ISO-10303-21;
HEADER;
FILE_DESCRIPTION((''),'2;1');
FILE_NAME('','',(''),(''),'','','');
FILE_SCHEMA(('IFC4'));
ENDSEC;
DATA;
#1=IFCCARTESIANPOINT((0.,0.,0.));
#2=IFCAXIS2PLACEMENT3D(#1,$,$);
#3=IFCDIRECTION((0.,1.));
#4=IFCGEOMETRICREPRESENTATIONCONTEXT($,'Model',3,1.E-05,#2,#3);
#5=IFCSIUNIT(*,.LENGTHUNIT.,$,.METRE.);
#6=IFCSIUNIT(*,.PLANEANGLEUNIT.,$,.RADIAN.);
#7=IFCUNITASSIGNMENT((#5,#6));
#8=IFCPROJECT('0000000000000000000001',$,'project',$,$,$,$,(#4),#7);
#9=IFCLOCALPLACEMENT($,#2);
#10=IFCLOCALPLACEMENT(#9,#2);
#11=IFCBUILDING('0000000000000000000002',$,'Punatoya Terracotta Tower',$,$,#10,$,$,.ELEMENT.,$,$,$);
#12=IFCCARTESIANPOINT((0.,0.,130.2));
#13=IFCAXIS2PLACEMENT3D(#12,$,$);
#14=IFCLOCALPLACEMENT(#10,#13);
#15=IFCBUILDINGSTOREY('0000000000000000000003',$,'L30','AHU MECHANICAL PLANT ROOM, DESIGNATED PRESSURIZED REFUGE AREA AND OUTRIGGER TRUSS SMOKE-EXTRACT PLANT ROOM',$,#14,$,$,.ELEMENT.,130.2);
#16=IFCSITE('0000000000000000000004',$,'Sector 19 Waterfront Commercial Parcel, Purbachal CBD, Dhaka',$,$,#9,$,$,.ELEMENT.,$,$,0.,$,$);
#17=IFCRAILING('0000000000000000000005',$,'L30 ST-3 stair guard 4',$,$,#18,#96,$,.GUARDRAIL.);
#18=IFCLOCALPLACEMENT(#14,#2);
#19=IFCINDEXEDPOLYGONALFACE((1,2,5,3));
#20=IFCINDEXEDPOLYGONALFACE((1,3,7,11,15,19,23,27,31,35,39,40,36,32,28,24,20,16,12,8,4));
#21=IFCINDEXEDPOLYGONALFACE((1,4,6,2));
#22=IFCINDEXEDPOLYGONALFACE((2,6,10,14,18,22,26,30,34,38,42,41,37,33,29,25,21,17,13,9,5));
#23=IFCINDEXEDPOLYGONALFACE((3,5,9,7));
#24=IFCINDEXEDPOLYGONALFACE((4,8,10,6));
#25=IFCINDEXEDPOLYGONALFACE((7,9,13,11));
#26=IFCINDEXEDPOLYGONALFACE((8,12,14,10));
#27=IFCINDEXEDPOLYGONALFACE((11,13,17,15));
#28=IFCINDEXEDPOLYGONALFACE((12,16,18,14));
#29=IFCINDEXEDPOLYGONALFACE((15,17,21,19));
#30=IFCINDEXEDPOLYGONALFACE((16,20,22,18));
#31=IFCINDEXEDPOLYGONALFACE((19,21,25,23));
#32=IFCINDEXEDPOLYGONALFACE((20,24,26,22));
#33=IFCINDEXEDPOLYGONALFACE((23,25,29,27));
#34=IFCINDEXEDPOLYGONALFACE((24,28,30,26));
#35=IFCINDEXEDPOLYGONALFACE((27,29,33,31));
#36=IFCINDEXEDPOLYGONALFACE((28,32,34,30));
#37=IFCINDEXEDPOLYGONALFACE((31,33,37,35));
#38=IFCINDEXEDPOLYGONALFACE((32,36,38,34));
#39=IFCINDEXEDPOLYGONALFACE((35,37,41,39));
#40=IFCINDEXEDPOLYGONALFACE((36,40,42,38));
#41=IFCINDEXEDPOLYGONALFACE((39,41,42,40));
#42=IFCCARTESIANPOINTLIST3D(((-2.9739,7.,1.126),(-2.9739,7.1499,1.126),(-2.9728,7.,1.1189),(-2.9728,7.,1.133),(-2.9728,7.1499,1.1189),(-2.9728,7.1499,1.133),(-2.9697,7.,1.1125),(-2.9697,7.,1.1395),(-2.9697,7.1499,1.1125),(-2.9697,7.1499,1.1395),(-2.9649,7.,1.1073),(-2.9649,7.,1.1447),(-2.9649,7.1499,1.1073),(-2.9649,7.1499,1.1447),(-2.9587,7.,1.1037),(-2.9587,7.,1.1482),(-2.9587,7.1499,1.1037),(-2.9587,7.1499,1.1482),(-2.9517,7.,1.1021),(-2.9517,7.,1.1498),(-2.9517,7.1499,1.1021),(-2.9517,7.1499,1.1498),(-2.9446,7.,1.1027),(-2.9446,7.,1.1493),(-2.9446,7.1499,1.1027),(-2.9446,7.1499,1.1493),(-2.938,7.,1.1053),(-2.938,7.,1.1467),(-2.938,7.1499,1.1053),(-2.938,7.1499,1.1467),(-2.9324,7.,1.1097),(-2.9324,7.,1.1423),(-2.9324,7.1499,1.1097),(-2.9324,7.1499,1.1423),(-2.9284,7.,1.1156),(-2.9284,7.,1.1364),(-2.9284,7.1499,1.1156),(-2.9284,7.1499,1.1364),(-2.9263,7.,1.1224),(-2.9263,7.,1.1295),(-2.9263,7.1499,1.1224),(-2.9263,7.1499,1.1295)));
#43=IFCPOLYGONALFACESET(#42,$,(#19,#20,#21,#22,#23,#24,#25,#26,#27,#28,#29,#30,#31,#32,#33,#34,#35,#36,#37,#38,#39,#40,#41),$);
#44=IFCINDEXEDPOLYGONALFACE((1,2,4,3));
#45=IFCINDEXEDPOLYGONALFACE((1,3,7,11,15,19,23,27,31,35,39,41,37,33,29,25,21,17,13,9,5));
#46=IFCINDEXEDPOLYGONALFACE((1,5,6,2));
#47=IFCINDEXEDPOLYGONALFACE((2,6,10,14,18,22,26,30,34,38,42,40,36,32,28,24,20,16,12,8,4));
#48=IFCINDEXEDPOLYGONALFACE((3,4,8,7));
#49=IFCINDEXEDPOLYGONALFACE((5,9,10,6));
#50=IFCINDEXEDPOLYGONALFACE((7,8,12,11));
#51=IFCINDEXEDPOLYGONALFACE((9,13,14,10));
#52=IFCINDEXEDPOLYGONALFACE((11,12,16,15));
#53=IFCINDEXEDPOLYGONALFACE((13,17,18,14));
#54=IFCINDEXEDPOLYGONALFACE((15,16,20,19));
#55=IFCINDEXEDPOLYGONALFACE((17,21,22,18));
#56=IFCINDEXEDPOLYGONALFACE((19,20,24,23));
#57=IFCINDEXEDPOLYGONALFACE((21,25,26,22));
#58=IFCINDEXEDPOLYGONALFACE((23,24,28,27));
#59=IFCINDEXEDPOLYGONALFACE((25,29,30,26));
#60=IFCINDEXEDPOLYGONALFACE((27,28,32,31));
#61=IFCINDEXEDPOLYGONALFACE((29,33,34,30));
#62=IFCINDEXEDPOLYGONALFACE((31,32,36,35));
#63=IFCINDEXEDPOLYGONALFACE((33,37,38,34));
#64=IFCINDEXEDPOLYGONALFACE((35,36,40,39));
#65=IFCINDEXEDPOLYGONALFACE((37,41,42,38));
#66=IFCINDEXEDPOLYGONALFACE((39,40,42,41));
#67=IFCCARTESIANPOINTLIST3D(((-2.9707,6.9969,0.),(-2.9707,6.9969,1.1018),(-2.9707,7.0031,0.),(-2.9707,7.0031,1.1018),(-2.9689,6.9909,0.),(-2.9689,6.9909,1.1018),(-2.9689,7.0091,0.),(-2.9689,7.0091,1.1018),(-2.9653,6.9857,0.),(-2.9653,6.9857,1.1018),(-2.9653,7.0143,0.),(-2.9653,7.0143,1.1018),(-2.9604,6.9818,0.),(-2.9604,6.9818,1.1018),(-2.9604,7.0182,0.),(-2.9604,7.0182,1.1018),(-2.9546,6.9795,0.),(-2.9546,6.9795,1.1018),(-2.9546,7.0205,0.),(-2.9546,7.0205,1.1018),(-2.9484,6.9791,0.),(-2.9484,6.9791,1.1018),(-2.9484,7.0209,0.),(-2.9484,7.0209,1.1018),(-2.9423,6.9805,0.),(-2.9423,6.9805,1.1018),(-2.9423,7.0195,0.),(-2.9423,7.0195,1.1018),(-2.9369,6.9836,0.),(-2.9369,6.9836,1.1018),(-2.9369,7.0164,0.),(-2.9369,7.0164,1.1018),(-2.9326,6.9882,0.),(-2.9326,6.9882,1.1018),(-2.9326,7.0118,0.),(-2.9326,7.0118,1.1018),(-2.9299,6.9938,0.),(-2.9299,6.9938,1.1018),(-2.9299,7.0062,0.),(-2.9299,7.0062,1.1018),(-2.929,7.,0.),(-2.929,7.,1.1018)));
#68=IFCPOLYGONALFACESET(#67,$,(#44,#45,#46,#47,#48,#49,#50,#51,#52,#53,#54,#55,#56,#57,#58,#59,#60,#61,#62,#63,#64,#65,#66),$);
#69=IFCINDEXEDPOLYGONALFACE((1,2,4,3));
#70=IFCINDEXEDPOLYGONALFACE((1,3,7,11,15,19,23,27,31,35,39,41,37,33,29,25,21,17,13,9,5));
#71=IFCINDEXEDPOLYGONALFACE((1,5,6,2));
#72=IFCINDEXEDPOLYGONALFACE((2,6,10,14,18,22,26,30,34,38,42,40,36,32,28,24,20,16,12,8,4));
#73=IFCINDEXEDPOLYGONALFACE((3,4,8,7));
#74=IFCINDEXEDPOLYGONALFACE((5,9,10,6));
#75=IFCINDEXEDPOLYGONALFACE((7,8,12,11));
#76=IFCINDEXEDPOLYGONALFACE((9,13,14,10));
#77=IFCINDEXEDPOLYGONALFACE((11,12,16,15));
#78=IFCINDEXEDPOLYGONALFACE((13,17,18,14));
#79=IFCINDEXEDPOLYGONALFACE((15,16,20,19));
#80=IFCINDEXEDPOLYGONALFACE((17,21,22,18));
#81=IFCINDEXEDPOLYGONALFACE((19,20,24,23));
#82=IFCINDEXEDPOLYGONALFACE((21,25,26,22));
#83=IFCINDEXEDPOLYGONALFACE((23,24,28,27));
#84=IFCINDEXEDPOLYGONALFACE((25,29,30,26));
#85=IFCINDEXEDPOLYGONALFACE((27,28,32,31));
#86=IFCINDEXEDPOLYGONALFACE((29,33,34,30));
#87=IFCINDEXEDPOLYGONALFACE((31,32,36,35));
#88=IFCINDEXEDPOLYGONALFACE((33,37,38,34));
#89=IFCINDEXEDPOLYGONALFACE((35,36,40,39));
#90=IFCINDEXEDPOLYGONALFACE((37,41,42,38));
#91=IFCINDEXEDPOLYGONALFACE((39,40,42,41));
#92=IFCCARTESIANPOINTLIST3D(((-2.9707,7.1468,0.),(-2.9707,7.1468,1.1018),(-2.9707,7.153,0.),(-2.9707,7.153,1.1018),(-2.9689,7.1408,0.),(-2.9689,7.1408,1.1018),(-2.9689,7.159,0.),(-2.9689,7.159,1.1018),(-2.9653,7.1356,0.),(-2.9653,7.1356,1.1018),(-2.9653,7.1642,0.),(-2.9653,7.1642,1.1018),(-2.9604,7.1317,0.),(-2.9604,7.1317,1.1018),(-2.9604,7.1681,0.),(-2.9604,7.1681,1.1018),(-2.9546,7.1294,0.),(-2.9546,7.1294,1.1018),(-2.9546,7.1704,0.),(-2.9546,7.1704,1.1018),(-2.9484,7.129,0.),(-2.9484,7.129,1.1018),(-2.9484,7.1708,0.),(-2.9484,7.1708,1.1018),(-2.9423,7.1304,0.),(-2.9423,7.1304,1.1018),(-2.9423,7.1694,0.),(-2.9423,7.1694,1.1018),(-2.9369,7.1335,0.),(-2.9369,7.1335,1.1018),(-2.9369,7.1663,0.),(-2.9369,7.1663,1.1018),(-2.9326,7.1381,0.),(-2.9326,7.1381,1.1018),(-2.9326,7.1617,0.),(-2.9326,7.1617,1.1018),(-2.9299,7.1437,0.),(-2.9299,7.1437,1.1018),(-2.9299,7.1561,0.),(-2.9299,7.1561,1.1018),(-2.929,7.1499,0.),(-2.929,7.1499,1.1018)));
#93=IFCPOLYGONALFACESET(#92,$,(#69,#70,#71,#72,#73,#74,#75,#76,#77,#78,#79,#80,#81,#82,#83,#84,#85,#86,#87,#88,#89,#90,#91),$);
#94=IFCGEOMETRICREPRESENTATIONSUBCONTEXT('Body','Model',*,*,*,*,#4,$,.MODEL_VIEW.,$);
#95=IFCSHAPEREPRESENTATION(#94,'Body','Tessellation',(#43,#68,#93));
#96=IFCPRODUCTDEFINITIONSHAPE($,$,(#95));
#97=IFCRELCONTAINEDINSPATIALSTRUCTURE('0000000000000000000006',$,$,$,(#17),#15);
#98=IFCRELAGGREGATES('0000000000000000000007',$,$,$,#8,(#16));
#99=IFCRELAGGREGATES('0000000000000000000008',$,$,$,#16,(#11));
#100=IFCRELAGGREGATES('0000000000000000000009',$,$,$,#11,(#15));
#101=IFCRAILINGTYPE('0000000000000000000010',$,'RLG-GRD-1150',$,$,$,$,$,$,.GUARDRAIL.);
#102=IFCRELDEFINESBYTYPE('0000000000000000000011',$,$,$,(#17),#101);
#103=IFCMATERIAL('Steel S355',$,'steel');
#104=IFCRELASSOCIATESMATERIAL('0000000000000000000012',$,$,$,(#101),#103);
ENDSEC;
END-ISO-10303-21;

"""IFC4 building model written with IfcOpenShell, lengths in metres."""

from ifc_helpers import new_model, si_unit, direction, frame, origin, origin_2d, place, context, subcontext, project, spatial, circle, extrude, material, type_object, element, save


model = new_model("IFC4")

# Units and contexts
model_context = context("Model", 3, precision=1e-05, world=origin(), true_north=direction((0.0, 1.0)))
body_context = subcontext(model_context, "Body", "Model", "MODEL_VIEW")
ifc_project = project(units=[si_unit("LENGTHUNIT", "METRE"), si_unit("PLANEANGLEUNIT", "RADIAN")], contexts=[model_context])

# Site, building, storey
site_placement = place(None, origin())
site = spatial("IfcSite", under=ifc_project, at=site_placement, Name="Sector 19 Waterfront Commercial Parcel, Purbachal CBD, Dhaka", CompositionType="ELEMENT", RefElevation=0.0)
building_placement = place(site_placement, origin())
building = spatial("IfcBuilding", under=site, at=building_placement, Name="Punatoya Terracotta Tower", CompositionType="ELEMENT")
storey_placement = place(building_placement, frame((0.0, 0.0, 130.2)))
storey = spatial("IfcBuildingStorey", under=building, at=storey_placement, Name="L30", Description="AHU MECHANICAL PLANT ROOM, DESIGNATED PRESSURIZED REFUGE AREA AND OUTRIGGER TRUSS SMOKE-EXTRACT PLANT ROOM", CompositionType="ELEMENT", Elevation=130.2)

# Shared definitions
ifc_material_1 = material(Name="Steel S355", Category="steel")

# Railing
railing_type = type_object("IfcRailingType", Name="RLG-GRD-1150", PredefinedType="GUARDRAIL", material=ifc_material_1)
railing_1_placement = place(storey_placement, frame((-2.95, 7.0, 0.0)))
element("IfcRailing", 1, at=railing_1_placement, inside=storey, type_object=railing_type, Name="L30 ST-3 stair guard 4", PredefinedType="GUARDRAIL", context=body_context, shape_type="SweptSolid", body=[
    extrude(circle(Radius=0.0239, at=origin_2d()), frame((0.0, 0.0, 1.126), z_axis=(0.0, 1.0, 0.0), x_axis=(-1.0, 0.0, 0.0)), (0.0, 0.0, 1.0), 0.1499),
    extrude(circle(Radius=0.021, at=origin_2d()), origin(), (0.0, 0.0, 1.0), 1.1018),
    extrude(circle(Radius=0.021, at=origin_2d()), frame((0.0, 0.1499, 0.0)), (0.0, 0.0, 1.0), 1.1018),
])

save(model, "model.ifc")
